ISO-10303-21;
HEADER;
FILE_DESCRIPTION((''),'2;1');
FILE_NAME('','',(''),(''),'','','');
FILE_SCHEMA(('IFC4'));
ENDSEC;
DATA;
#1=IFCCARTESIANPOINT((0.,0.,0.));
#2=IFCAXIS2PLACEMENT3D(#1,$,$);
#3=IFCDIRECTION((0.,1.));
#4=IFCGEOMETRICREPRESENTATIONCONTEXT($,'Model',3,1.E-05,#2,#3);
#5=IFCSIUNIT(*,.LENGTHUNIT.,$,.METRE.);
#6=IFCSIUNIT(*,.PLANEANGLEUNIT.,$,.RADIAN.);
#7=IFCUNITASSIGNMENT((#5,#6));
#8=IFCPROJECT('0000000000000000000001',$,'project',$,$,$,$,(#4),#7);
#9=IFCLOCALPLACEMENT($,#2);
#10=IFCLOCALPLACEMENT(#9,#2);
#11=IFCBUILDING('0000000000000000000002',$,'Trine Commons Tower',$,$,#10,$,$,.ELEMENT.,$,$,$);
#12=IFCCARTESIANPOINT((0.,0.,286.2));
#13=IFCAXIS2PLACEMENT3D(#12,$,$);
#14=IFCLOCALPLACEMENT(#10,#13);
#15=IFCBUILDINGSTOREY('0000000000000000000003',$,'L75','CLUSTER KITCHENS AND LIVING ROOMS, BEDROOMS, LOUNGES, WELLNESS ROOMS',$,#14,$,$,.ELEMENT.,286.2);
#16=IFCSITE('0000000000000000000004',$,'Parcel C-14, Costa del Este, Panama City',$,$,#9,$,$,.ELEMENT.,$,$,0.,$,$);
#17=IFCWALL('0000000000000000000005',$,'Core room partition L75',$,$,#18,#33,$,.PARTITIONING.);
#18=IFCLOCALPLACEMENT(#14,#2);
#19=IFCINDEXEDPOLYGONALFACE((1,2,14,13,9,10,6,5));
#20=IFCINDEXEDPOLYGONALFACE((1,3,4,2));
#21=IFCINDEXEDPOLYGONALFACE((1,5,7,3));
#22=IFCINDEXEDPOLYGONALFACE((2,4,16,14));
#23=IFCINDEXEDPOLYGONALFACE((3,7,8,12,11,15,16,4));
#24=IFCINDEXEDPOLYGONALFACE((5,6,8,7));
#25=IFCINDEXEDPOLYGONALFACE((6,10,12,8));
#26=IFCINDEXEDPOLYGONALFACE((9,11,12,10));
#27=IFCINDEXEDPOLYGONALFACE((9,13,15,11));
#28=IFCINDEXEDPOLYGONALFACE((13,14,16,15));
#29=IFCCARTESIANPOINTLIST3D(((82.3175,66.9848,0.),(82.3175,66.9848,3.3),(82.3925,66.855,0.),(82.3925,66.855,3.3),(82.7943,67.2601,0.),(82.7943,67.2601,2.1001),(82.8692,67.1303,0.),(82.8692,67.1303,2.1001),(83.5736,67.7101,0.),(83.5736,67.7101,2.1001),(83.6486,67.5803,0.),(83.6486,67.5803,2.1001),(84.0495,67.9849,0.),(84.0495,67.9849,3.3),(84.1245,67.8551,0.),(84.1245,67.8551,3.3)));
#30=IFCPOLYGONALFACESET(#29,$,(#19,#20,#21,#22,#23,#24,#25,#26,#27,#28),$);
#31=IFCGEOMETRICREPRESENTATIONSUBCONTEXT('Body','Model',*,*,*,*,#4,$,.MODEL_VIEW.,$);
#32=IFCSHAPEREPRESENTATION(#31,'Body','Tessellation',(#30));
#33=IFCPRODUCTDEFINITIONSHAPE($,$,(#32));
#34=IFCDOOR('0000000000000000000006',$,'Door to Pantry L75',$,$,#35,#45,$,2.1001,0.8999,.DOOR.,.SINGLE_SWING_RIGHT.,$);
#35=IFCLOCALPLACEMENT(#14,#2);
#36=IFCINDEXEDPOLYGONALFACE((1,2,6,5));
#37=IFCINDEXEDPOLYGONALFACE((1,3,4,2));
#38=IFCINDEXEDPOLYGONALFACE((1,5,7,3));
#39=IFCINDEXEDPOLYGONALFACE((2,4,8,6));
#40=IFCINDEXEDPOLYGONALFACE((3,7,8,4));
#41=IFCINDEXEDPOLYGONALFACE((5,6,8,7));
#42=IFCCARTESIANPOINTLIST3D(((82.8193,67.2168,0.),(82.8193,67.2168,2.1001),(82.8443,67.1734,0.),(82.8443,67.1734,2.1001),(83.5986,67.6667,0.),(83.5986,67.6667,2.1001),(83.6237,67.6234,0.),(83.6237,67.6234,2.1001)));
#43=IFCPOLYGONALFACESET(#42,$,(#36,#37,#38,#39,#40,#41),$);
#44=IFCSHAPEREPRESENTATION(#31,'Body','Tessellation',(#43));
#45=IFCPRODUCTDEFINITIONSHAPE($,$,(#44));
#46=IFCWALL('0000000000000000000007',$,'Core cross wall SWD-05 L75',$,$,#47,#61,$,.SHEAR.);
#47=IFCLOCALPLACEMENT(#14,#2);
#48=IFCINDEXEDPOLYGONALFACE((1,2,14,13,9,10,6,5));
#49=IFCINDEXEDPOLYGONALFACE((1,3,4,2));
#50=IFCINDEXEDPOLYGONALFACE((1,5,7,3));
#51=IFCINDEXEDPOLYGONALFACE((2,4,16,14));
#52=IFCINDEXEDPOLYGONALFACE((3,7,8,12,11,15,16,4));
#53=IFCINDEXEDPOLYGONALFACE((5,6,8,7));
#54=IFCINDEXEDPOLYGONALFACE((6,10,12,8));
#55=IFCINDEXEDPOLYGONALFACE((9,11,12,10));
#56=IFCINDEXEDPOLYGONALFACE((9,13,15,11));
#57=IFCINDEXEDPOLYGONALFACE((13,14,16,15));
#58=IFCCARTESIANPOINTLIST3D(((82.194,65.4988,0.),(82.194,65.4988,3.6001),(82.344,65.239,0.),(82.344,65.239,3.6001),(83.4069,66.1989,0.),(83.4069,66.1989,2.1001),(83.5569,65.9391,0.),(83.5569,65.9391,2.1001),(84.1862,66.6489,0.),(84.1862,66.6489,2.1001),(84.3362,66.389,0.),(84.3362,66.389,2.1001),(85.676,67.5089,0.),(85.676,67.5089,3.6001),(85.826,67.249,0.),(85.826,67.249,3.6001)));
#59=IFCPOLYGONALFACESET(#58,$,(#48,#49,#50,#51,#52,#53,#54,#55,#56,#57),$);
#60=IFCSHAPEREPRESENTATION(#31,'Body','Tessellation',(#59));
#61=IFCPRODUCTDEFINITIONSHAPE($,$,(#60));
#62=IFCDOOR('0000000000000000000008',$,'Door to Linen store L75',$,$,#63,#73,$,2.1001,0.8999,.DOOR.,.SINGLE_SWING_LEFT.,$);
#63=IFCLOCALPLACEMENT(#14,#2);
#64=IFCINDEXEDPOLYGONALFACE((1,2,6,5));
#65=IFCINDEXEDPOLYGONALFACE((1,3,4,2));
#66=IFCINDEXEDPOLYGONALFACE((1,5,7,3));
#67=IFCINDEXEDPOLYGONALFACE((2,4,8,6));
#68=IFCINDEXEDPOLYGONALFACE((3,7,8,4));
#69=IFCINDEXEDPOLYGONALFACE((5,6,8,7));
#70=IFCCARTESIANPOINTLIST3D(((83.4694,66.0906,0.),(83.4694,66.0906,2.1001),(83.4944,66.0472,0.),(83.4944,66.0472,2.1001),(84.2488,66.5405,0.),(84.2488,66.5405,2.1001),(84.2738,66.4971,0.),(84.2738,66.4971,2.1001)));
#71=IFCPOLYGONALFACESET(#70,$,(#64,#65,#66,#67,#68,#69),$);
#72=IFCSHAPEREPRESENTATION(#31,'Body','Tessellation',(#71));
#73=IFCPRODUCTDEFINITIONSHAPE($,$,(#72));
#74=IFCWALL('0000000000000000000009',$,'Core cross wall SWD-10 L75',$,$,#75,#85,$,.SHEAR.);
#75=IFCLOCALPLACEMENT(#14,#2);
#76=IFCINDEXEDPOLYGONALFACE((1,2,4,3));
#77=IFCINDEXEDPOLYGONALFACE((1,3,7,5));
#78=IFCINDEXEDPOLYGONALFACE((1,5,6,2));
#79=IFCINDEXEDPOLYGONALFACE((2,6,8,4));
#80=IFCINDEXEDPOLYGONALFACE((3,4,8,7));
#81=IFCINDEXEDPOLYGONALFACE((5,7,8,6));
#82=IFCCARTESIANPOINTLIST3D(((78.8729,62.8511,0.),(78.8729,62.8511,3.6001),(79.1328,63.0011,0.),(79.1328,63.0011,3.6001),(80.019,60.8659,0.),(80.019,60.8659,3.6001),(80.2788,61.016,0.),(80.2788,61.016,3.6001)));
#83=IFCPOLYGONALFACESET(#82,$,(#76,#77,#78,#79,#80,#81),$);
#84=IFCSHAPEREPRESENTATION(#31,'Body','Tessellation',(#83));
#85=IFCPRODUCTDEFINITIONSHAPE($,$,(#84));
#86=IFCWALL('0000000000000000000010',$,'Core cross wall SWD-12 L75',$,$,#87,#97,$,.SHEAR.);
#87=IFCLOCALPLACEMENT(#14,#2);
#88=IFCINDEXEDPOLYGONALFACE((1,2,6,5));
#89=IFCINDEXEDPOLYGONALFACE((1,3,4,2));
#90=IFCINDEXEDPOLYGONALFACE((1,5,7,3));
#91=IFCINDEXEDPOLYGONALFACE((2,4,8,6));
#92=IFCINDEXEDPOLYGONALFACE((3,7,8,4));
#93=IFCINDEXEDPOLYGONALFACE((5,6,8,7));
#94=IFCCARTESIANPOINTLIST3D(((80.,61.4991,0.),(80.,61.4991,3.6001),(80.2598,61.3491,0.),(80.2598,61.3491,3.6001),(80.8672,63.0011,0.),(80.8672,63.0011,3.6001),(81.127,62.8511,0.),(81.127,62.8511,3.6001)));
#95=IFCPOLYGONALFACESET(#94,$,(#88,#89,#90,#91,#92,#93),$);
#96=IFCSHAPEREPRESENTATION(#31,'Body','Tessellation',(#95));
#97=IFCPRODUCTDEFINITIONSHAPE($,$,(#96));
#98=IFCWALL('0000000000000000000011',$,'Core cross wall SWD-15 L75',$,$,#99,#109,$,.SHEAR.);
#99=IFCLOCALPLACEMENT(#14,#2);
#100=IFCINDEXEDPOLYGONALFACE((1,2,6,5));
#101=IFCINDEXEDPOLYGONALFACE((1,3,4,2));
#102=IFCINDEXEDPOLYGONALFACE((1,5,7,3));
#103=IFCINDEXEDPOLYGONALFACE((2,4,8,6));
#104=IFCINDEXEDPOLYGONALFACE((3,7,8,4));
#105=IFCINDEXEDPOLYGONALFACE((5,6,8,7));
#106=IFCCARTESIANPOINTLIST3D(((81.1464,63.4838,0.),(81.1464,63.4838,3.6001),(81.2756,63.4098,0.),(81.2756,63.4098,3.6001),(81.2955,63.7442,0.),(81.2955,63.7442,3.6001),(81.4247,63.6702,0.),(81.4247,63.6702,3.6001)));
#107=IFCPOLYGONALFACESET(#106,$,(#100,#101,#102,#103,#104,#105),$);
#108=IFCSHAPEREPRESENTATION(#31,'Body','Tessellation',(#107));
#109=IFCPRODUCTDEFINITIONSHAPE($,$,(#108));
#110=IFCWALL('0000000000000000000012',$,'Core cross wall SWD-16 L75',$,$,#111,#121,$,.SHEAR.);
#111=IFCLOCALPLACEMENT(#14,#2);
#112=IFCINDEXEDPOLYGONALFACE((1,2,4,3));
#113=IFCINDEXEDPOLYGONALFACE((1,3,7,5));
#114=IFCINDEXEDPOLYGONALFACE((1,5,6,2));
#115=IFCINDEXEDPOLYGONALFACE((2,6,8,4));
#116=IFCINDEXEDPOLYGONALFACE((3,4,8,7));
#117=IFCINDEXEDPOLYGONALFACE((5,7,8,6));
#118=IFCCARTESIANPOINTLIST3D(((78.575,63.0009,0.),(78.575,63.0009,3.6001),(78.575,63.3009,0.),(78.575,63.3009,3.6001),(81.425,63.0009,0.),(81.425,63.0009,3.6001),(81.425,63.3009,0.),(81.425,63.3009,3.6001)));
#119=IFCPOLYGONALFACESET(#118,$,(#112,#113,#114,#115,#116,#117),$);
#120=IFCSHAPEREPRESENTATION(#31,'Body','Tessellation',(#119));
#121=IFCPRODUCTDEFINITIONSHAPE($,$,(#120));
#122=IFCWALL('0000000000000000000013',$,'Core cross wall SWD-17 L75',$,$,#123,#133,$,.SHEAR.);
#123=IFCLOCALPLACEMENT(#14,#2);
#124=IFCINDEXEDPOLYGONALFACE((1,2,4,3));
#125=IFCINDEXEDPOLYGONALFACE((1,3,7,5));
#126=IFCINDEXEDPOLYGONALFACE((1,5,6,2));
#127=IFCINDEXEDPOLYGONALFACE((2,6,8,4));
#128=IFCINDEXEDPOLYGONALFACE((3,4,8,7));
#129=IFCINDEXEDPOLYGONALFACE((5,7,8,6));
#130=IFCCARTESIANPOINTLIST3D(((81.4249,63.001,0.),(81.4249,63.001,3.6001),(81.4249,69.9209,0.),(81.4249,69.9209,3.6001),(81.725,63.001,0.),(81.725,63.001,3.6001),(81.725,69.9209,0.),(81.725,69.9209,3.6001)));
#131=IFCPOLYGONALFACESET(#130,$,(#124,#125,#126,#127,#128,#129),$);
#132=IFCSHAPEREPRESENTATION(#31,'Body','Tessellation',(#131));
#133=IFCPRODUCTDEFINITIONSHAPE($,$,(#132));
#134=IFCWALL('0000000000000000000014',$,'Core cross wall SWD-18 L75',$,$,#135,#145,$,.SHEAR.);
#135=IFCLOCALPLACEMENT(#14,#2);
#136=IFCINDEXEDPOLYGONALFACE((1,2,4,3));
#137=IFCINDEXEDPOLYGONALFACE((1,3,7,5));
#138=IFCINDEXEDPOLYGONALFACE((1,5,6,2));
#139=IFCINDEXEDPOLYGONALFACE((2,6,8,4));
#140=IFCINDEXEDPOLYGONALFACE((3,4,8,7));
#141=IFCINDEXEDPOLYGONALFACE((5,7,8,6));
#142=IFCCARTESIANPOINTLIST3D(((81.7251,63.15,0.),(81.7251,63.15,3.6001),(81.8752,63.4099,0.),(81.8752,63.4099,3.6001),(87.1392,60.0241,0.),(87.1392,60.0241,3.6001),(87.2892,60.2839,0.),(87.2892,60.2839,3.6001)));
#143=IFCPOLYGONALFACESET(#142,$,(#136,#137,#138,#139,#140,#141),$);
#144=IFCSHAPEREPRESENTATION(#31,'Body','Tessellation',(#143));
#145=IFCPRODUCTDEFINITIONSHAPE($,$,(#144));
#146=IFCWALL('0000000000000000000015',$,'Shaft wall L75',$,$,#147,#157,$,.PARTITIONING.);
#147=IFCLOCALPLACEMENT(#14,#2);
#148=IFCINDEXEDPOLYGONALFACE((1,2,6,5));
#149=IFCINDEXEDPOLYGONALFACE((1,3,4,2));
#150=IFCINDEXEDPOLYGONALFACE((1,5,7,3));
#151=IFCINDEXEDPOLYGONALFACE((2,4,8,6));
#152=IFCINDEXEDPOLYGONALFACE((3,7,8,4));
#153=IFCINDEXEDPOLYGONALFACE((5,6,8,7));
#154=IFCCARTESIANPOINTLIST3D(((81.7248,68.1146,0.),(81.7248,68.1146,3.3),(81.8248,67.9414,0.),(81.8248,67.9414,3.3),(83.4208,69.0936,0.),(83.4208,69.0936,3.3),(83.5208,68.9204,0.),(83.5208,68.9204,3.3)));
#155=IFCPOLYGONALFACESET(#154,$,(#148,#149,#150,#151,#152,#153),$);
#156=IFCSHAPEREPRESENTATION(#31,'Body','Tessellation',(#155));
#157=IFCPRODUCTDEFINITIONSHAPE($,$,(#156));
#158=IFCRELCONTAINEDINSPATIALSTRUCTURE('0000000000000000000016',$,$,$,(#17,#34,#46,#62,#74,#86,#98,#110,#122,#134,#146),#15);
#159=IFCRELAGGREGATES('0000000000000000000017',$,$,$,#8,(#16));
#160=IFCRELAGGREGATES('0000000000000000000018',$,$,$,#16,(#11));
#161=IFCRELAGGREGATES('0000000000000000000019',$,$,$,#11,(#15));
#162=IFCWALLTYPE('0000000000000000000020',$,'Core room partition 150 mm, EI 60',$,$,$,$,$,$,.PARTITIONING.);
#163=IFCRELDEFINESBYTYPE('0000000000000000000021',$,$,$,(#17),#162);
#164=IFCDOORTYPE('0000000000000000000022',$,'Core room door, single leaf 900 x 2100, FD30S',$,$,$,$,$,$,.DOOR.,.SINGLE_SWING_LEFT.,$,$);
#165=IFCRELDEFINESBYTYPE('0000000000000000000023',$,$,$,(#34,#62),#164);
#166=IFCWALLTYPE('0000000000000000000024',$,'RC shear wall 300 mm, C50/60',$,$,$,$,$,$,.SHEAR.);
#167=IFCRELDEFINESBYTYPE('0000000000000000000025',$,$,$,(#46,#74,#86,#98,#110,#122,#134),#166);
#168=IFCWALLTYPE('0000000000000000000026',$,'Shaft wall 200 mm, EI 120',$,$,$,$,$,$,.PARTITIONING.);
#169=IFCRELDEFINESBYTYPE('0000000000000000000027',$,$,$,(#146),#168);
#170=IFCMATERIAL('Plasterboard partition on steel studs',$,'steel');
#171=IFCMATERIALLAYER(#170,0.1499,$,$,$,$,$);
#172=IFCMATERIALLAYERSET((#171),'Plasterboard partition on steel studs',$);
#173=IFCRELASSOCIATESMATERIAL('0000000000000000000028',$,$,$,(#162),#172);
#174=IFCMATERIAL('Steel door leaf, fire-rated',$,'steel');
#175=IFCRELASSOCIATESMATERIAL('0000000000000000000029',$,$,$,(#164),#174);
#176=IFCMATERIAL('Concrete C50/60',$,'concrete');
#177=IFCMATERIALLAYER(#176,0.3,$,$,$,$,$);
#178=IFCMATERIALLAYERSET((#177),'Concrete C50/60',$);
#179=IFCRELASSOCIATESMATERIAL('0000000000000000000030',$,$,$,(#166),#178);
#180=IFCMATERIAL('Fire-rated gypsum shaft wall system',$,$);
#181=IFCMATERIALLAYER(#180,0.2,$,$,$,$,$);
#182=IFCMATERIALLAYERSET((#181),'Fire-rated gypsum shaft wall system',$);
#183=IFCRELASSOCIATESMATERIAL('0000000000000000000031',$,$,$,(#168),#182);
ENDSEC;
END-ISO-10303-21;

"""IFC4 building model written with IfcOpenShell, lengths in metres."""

from ifc_helpers import new_model, si_unit, direction, frame, frame_2d, origin, place, context, subcontext, project, spatial, rectangle, extrude, material, layer, layer_set, type_object, element, fill, save


model = new_model("IFC4")

# Units and contexts
model_context = context("Model", 3, precision=1e-05, world=origin(), true_north=direction((0.0, 1.0)))
body_context = subcontext(model_context, "Body", "Model", "MODEL_VIEW")
ifc_project = project(units=[si_unit("LENGTHUNIT", "METRE"), si_unit("PLANEANGLEUNIT", "RADIAN")], contexts=[model_context])

# Site, building, storey
site_placement = place(None, origin())
site = spatial("IfcSite", under=ifc_project, at=site_placement, Name="Parcel C-14, Costa del Este, Panama City", CompositionType="ELEMENT", RefElevation=0.0)
building_placement = place(site_placement, origin())
building = spatial("IfcBuilding", under=site, at=building_placement, Name="Trine Commons Tower", CompositionType="ELEMENT")
storey_placement = place(building_placement, frame((0.0, 0.0, 286.2)))
storey = spatial("IfcBuildingStorey", under=building, at=storey_placement, Name="L75", Description="CLUSTER KITCHENS AND LIVING ROOMS, BEDROOMS, LOUNGES, WELLNESS ROOMS", CompositionType="ELEMENT", Elevation=286.2)

# Walls, openings, doors
ifc_material_1 = material(Name="Plasterboard partition on steel studs", Category="steel")
ifc_layer_1 = layer(ifc_material_1, 0.1499)
ifc_layer_set_1 = layer_set([ifc_layer_1], Name="Plasterboard partition on steel studs")
wall_type_1 = type_object("IfcWallType", Name="Core room partition 150 mm, EI 60", PredefinedType="PARTITIONING", material=ifc_layer_set_1)
wall_1_placement = place(storey_placement, frame((82.355, 66.9199, 0.0), z_axis=(0.0, 0.0, 1.0), x_axis=(0.866011, 0.500025, 0.0)))
wall_1 = element("IfcWall", 1, at=wall_1_placement, inside=storey, type_object=wall_type_1, Name="Core room partition L75", PredefinedType="PARTITIONING", context=body_context, shape_type="SweptSolid", body=[
    extrude(rectangle(XDim=2.0, YDim=0.1499, at=frame_2d((1.0, 0.0))), origin(), (0.0, 0.0, 1.0), 3.3),
])
opening_1_placement = place(wall_1_placement, frame((0.5505, 0.0, 0.0)))
opening_1 = element("IfcOpeningElement", 2, at=opening_1_placement, cuts=wall_1, PredefinedType="OPENING", context=body_context, shape_type="SweptSolid", body=[
    extrude(rectangle(XDim=0.8999, YDim=2.1001, at=frame_2d((0.45, 1.05))), frame((0.0, 0.085, 0.0), z_axis=(0.0, -1.0, 0.0), x_axis=(1.0, 0.0, 0.0)), (0.0, 0.0, 1.0), 0.1699),
])
ifc_material_2 = material(Name="Steel door leaf, fire-rated", Category="steel")
door_type = type_object("IfcDoorType", Name="Core room door, single leaf 900 x 2100, FD30S", OperationType="SINGLE_SWING_LEFT", PredefinedType="DOOR", material=ifc_material_2)
door_1_placement = place(opening_1_placement, origin())
door_1 = element("IfcDoor", 3, at=door_1_placement, inside=storey, type_object=door_type, Name="Door to Pantry L75", OperationType="SINGLE_SWING_RIGHT", OverallHeight=2.1001, OverallWidth=0.8999, PredefinedType="DOOR", context=body_context, shape_type="SweptSolid", body=[
    extrude(rectangle(XDim=0.8999, YDim=2.1001, at=frame_2d((0.45, 1.05))), frame((0.0, 0.0249, 0.0), z_axis=(0.0, -1.0, 0.0), x_axis=(1.0, 0.0, 0.0)), (0.0, 0.0, 1.0), 0.05),
])
fill(opening_1, door_1)
ifc_material_3 = material(Name="Concrete C50/60", Category="concrete")
ifc_layer_2 = layer(ifc_material_3, 0.3)
ifc_layer_set_2 = layer_set([ifc_layer_2], Name="Concrete C50/60")
wall_type_2 = type_object("IfcWallType", Name="RC shear wall 300 mm, C50/60", PredefinedType="SHEAR", material=ifc_layer_set_2)
wall_2_placement = place(storey_placement, frame((82.269, 65.3689, 0.0), z_axis=(0.0, 0.0, 1.0), x_axis=(0.866056, 0.499947, 0.0)))
wall_2 = element("IfcWall", 4, at=wall_2_placement, inside=storey, type_object=wall_type_2, Name="Core cross wall SWD-05 L75", PredefinedType="SHEAR", context=body_context, shape_type="SweptSolid", body=[
    extrude(rectangle(XDim=4.0205, YDim=0.3, at=frame_2d((2.0103, 0.0))), origin(), (0.0, 0.0, 1.0), 3.6001),
])
opening_2_placement = place(wall_2_placement, frame((1.4004, 0.0, 0.0)))
opening_2 = element("IfcOpeningElement", 5, at=opening_2_placement, cuts=wall_2, PredefinedType="OPENING", context=body_context, shape_type="SweptSolid", body=[
    extrude(rectangle(XDim=0.8999, YDim=2.1001, at=frame_2d((0.45, 1.05))), frame((0.0, 0.1599, 0.0), z_axis=(0.0, -1.0, 0.0), x_axis=(1.0, 0.0, 0.0)), (0.0, 0.0, 1.0), 0.3201),
])
door_2_placement = place(opening_2_placement, origin())
door_2 = element("IfcDoor", 6, at=door_2_placement, inside=storey, type_object=door_type, Name="Door to Linen store L75", OperationType="SINGLE_SWING_LEFT", OverallHeight=2.1001, OverallWidth=0.8999, PredefinedType="DOOR", context=body_context, shape_type="SweptSolid", body=[
    extrude(rectangle(XDim=0.8999, YDim=2.1001, at=frame_2d((0.45, 1.05))), frame((0.0, 0.0249, 0.0), z_axis=(0.0, -1.0, 0.0), x_axis=(1.0, 0.0, 0.0)), (0.0, 0.0, 1.0), 0.05),
])
fill(opening_2, door_2)

# Walls
wall_3_placement = place(storey_placement, frame((79.0029, 62.926, 0.0), z_axis=(0.0, 0.0, 1.0), x_axis=(0.499965, -0.866045, 0.0)))
element("IfcWall", 7, at=wall_3_placement, inside=storey, type_object=wall_type_2, Name="Core cross wall SWD-10 L75", PredefinedType="SHEAR", context=body_context, shape_type="SweptSolid", body=[
    extrude(rectangle(XDim=2.2922, YDim=0.3, at=frame_2d((1.146, 0.0))), origin(), (0.0, 0.0, 1.0), 3.6001),
])
wall_4_placement = place(storey_placement, frame((80.1299, 61.4241, 0.0), z_axis=(0.0, 0.0, 1.0), x_axis=(0.500015, 0.866017, 0.0)))
element("IfcWall", 8, at=wall_4_placement, inside=storey, type_object=wall_type_2, Name="Core cross wall SWD-12 L75", PredefinedType="SHEAR", context=body_context, shape_type="SweptSolid", body=[
    extrude(rectangle(XDim=1.7344, YDim=0.3, at=frame_2d((0.8672, 0.0))), origin(), (0.0, 0.0, 1.0), 3.6001),
])
wall_5_placement = place(storey_placement, frame((81.2209, 63.614, 0.0), z_axis=(0.0, 0.0, 1.0), x_axis=(0.867738, -0.497022, 0.0)))
element("IfcWall", 9, at=wall_5_placement, inside=storey, type_object=wall_type_2, Name="Core cross wall SWD-15 L75", PredefinedType="SHEAR", context=body_context, shape_type="SweptSolid", body=[
    extrude(rectangle(XDim=0.1489, YDim=0.3, at=frame_2d((0.0745, 0.0))), origin(), (0.0, 0.0, 1.0), 3.6001),
])
wall_6_placement = place(storey_placement, frame((81.425, 63.1509, 0.0), z_axis=(0.0, 0.0, 1.0), x_axis=(-1.0, 0.0, 0.0)))
element("IfcWall", 10, at=wall_6_placement, inside=storey, type_object=wall_type_2, Name="Core cross wall SWD-16 L75", PredefinedType="SHEAR", context=body_context, shape_type="SweptSolid", body=[
    extrude(rectangle(XDim=2.8501, YDim=0.3, at=frame_2d((1.425, 0.0))), origin(), (0.0, 0.0, 1.0), 3.6001),
])
wall_7_placement = place(storey_placement, frame((81.575, 63.001, 0.0), z_axis=(0.0, 0.0, 1.0), x_axis=(0.0, 1.0, 0.0)))
element("IfcWall", 11, at=wall_7_placement, inside=storey, type_object=wall_type_2, Name="Core cross wall SWD-17 L75", PredefinedType="SHEAR", context=body_context, shape_type="SweptSolid", body=[
    extrude(rectangle(XDim=6.9199, YDim=0.3, at=frame_2d((3.46, 0.0))), origin(), (0.0, 0.0, 1.0), 3.6001),
])
wall_8_placement = place(storey_placement, frame((81.8, 63.28, 0.0), z_axis=(0.0, 0.0, 1.0), x_axis=(0.866014, -0.50002, 0.0)))
element("IfcWall", 12, at=wall_8_placement, inside=storey, type_object=wall_type_2, Name="Core cross wall SWD-18 L75", PredefinedType="SHEAR", context=body_context, shape_type="SweptSolid", body=[
    extrude(rectangle(XDim=6.2517, YDim=0.3, at=frame_2d((3.126, 0.0))), origin(), (0.0, 0.0, 1.0), 3.6001),
])
ifc_material_4 = material(Name="Fire-rated gypsum shaft wall system")
ifc_layer_3 = layer(ifc_material_4, 0.2)
ifc_layer_set_3 = layer_set([ifc_layer_3], Name="Fire-rated gypsum shaft wall system")
wall_type_3 = type_object("IfcWallType", Name="Shaft wall 200 mm, EI 120", PredefinedType="PARTITIONING", material=ifc_layer_set_3)
wall_9_placement = place(storey_placement, frame((81.7749, 68.0281, 0.0), z_axis=(0.0, 0.0, 1.0), x_axis=(0.866071, 0.49992, 0.0)))
element("IfcWall", 13, at=wall_9_placement, inside=storey, type_object=wall_type_3, Name="Shaft wall L75", PredefinedType="PARTITIONING", context=body_context, shape_type="SweptSolid", body=[
    extrude(rectangle(XDim=1.9583, YDim=0.2, at=frame_2d((0.979, 0.0))), origin(), (0.0, 0.0, 1.0), 3.3),
])

save(model, "model.ifc")
